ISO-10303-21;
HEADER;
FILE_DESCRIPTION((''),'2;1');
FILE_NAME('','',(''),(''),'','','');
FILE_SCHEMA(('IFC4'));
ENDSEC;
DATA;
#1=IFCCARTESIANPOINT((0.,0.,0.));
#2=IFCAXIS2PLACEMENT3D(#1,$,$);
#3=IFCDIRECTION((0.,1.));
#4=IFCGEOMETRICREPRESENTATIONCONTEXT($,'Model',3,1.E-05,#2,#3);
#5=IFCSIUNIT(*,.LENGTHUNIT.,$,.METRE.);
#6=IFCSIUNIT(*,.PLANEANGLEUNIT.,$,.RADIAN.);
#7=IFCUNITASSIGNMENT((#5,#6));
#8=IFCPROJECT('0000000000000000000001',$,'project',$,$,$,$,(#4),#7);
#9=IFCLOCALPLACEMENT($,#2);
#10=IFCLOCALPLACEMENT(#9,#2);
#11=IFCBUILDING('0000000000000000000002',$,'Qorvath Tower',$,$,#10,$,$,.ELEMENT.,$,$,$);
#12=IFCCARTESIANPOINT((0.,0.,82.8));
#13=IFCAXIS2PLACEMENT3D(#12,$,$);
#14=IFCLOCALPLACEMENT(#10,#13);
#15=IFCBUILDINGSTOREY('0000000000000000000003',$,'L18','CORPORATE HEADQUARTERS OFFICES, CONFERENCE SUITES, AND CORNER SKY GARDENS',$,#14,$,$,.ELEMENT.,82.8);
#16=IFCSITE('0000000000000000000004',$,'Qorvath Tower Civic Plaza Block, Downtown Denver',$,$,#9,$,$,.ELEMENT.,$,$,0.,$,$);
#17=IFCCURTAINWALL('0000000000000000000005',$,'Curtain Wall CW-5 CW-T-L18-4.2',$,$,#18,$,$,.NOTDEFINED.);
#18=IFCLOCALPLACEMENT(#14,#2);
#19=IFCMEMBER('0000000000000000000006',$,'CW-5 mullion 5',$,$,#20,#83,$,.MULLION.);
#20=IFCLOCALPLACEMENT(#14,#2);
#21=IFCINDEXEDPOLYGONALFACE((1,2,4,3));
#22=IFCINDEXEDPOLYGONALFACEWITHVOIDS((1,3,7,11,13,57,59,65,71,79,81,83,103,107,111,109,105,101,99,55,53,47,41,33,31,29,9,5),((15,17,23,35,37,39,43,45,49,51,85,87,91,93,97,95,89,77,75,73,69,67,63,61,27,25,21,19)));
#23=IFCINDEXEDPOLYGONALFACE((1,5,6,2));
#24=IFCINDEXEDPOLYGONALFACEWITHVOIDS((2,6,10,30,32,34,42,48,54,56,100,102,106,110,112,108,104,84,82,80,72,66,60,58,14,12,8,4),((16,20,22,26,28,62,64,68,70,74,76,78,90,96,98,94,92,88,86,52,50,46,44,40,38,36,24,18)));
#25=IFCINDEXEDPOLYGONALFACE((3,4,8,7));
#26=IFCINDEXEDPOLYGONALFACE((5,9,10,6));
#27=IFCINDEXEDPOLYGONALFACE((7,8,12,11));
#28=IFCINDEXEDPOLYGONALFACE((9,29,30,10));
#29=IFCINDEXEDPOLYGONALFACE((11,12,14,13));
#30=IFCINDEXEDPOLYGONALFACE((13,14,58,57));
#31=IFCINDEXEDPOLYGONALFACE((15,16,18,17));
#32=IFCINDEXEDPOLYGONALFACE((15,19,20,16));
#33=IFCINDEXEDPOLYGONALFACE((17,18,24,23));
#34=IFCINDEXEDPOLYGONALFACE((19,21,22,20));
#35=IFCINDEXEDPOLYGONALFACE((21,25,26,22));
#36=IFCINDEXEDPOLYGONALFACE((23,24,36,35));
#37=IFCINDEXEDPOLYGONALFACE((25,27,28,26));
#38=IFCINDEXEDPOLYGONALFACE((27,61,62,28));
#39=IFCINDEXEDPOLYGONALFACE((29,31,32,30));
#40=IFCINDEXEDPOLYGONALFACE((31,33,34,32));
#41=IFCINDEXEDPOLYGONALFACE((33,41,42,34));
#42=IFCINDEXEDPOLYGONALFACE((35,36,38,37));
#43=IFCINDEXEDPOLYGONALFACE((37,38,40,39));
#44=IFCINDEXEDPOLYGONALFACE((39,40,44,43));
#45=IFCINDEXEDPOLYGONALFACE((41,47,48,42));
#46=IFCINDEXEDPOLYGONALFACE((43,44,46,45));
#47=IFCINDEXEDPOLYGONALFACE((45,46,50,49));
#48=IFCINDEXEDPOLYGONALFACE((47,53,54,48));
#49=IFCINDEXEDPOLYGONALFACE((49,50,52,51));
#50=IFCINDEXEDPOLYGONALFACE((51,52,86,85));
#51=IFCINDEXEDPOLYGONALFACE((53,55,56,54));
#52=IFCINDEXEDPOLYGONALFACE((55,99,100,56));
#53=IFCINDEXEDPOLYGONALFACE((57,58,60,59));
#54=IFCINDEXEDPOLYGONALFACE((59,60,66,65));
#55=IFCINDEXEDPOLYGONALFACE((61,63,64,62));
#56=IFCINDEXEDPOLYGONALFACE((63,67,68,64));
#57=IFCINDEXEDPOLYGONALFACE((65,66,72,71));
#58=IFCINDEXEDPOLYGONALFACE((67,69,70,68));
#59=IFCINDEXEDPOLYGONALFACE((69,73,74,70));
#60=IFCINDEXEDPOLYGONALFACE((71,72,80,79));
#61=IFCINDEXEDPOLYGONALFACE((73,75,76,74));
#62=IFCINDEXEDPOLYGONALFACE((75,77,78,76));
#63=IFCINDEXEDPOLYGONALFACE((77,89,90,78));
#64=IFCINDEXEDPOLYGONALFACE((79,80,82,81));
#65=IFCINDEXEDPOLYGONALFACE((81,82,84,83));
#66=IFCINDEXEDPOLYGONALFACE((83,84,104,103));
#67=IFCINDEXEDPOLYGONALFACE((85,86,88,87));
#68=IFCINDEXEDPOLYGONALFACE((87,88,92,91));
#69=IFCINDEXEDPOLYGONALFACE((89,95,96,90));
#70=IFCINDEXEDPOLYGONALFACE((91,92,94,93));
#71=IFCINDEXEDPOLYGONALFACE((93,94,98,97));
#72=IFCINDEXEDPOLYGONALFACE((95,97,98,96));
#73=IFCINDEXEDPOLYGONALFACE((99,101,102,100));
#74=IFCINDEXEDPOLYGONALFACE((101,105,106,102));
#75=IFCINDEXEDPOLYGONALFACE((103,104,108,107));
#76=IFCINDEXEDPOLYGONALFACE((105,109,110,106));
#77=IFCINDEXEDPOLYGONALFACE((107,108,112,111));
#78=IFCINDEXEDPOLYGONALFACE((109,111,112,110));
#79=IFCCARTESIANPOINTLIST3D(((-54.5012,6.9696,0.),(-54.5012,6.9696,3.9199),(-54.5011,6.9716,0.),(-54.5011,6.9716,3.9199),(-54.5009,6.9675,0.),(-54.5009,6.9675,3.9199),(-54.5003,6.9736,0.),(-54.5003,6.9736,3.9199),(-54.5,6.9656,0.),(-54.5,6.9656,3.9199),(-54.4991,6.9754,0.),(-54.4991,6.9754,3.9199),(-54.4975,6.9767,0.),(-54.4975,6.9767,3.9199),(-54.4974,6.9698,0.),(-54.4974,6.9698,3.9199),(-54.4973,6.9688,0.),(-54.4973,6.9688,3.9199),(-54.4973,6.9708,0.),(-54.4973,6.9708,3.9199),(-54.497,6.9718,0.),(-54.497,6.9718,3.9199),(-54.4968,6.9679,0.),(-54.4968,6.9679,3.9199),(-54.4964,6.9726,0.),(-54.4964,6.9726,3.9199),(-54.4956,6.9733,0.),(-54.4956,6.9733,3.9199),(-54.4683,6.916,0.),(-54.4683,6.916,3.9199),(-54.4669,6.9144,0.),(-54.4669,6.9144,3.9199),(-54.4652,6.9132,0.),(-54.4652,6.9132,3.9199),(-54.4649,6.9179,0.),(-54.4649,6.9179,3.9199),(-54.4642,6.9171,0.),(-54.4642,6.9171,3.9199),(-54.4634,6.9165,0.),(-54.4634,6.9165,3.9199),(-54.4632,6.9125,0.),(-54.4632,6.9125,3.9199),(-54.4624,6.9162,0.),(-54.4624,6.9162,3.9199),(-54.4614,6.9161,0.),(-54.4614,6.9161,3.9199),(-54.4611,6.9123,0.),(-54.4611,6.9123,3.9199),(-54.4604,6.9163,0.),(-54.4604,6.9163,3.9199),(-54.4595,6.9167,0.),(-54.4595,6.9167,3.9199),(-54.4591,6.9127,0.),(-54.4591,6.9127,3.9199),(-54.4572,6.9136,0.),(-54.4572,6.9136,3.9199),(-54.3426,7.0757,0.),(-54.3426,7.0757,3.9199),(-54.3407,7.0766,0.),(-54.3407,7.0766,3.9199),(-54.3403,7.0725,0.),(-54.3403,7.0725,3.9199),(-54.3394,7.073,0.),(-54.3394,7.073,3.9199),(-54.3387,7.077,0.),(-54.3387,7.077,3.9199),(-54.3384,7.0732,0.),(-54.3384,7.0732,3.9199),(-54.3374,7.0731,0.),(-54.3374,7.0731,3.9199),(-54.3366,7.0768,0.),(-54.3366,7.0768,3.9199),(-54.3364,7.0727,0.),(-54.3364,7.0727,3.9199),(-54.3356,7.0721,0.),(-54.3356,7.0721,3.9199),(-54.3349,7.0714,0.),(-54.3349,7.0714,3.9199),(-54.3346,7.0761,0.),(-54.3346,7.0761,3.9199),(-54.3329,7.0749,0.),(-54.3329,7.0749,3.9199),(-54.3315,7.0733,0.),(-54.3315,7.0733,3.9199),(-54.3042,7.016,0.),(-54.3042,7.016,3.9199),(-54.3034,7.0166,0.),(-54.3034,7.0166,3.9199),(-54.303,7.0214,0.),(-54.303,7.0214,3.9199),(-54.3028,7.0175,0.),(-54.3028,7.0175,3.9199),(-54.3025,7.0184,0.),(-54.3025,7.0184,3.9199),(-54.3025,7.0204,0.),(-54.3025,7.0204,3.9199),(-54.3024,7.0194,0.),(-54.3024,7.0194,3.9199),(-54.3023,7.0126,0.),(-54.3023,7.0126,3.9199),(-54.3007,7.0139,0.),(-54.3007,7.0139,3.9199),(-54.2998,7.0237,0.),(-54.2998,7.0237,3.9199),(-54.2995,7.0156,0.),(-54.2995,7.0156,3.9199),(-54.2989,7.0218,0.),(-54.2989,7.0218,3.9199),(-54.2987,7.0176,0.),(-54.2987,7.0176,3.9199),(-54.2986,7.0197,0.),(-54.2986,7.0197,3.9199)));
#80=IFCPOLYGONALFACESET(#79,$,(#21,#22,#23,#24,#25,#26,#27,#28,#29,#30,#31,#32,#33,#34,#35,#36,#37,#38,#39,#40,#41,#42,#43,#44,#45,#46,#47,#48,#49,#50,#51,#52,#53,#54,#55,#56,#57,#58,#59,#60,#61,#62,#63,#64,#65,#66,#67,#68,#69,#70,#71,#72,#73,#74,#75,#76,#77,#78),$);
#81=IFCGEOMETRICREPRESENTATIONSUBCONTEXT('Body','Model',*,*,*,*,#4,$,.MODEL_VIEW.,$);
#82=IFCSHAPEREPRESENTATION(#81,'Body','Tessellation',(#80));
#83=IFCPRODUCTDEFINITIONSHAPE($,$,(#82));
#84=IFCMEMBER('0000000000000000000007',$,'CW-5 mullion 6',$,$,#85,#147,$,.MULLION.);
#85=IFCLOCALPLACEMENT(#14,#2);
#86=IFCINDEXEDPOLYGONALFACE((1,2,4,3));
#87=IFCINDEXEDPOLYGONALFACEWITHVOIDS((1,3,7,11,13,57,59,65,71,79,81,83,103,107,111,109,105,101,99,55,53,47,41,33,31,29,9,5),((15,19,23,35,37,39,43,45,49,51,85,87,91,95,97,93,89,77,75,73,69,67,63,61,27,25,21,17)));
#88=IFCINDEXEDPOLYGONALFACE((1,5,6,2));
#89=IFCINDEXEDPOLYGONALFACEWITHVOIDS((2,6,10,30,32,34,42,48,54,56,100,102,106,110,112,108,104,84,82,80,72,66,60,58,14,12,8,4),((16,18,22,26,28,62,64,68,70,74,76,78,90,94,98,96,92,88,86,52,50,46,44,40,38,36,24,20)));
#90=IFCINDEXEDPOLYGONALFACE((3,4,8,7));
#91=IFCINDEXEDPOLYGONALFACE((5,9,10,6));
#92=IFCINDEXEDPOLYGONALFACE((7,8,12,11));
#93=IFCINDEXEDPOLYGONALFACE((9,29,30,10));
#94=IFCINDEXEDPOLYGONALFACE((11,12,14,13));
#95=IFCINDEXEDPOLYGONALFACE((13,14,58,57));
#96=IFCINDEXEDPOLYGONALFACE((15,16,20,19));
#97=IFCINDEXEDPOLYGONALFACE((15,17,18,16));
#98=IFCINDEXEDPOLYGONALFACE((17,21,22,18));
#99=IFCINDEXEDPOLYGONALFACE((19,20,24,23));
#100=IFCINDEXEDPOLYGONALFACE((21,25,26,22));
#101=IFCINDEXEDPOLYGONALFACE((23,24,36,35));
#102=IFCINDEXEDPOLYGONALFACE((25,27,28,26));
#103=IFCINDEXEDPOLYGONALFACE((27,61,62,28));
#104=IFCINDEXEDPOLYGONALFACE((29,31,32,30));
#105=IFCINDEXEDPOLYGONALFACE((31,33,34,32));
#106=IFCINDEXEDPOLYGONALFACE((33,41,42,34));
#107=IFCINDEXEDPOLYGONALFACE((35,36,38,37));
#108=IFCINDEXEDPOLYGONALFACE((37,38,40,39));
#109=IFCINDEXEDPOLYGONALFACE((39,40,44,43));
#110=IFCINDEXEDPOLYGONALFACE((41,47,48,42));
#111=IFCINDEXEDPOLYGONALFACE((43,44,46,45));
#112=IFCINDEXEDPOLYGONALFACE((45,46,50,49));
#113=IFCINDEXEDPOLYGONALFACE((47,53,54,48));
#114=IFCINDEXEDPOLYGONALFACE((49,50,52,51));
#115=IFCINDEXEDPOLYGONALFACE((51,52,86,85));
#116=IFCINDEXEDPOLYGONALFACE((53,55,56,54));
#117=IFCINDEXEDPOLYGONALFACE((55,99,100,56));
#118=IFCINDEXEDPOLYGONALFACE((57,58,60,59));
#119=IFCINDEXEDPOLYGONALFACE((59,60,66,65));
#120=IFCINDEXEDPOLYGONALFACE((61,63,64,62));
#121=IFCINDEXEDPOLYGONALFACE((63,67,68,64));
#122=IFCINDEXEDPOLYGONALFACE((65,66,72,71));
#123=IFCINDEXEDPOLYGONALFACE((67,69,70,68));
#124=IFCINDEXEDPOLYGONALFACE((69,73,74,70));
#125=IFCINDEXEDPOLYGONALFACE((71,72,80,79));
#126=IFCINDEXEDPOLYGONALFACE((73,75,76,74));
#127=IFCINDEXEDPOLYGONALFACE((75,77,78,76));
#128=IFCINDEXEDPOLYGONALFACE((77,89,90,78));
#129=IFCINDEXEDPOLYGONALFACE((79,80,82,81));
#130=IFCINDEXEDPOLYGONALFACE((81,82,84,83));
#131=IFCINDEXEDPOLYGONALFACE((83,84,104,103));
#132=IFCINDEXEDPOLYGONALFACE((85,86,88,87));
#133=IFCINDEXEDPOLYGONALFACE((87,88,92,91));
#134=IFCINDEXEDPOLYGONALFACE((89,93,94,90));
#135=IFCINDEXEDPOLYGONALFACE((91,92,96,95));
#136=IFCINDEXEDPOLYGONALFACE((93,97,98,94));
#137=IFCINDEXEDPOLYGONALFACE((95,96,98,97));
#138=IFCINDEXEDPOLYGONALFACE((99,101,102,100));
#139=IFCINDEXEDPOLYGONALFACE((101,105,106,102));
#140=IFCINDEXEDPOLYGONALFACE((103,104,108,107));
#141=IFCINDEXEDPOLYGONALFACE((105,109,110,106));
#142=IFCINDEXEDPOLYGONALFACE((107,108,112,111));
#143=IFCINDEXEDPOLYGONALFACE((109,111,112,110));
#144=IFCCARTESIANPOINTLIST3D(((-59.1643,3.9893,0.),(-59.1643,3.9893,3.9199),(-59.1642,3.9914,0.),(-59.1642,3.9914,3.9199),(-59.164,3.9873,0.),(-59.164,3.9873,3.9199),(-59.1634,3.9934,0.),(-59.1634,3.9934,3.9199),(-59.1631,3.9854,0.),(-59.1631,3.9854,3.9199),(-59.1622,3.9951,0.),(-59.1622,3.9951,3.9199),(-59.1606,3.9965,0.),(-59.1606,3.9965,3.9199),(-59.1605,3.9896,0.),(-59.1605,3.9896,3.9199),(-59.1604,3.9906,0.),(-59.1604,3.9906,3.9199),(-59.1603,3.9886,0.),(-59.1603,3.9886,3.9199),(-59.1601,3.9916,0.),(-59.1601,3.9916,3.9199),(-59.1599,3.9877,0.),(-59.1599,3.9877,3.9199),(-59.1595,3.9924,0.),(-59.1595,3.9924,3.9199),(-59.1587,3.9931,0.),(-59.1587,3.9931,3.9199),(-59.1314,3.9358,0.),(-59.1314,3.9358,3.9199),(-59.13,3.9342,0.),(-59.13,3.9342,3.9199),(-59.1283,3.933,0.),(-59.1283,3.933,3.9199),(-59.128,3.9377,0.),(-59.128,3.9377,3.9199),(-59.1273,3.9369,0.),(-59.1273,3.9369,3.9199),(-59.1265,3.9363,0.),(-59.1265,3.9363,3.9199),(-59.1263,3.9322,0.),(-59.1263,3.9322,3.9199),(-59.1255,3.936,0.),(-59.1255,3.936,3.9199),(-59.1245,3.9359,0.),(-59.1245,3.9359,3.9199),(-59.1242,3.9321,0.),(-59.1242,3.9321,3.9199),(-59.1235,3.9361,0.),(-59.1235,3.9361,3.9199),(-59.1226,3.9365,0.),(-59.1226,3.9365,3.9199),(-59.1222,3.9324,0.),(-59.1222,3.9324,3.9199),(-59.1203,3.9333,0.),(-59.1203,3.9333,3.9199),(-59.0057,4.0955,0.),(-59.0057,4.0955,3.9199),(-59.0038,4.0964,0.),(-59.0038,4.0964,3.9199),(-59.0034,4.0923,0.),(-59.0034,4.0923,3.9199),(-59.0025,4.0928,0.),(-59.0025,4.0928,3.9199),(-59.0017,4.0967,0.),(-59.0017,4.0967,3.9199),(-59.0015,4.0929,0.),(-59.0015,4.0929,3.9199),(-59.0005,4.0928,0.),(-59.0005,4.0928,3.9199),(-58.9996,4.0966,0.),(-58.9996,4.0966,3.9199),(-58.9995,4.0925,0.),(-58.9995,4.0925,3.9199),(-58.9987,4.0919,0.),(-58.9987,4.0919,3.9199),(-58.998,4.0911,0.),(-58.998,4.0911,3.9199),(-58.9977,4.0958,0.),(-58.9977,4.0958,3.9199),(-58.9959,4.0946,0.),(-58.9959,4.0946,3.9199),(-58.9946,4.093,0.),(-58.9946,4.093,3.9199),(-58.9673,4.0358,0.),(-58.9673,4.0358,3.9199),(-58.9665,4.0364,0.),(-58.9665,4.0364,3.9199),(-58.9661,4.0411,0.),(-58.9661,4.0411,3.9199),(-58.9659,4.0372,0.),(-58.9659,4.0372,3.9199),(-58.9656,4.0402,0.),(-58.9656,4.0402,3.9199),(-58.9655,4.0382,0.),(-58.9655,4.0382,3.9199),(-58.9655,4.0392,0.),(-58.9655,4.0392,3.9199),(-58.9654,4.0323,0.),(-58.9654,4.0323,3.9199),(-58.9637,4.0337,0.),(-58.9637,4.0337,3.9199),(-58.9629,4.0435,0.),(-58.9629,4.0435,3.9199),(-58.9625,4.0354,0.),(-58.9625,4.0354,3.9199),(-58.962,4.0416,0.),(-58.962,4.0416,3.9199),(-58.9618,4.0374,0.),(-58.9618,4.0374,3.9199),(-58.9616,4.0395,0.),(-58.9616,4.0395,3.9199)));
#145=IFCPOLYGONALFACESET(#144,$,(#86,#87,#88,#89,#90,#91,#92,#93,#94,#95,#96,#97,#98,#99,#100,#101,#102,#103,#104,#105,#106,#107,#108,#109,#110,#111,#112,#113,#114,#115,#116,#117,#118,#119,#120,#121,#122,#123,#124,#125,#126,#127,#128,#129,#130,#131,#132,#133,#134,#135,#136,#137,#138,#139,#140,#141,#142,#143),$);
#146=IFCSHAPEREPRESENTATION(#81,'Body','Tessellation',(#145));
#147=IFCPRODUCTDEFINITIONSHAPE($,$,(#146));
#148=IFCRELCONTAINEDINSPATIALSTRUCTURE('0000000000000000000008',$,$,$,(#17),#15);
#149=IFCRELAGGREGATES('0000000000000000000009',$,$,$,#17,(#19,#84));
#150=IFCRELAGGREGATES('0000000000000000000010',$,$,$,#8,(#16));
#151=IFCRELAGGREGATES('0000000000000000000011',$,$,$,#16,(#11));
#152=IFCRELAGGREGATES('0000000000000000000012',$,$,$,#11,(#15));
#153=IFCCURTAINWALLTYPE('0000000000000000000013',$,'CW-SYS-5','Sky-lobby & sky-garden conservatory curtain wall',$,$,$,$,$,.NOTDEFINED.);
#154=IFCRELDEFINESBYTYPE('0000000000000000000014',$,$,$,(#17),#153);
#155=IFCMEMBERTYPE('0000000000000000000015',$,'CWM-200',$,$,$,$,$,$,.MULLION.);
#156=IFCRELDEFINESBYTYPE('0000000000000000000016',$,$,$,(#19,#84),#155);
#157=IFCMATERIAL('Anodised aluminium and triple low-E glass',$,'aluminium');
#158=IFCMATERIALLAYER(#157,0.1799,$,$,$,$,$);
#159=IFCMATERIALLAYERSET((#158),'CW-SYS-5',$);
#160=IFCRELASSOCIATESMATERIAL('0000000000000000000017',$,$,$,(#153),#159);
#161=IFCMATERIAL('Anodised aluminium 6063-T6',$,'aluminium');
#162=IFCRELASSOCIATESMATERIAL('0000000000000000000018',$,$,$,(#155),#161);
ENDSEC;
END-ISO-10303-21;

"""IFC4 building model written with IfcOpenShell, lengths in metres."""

from ifc_helpers import new_model, si_unit, direction, frame, origin, origin_2d, place, context, subcontext, project, spatial, hollow_rectangle, extrude, material, layer, layer_set, material_profile, profile_set, type_object, element, aggregate, save


model = new_model("IFC4")

# Units and contexts
model_context = context("Model", 3, precision=1e-05, world=origin(), true_north=direction((0.0, 1.0)))
body_context = subcontext(model_context, "Body", "Model", "MODEL_VIEW")
ifc_project = project(units=[si_unit("LENGTHUNIT", "METRE"), si_unit("PLANEANGLEUNIT", "RADIAN")], contexts=[model_context])

# Site, building, storey
site_placement = place(None, origin())
site = spatial("IfcSite", under=ifc_project, at=site_placement, Name="Qorvath Tower Civic Plaza Block, Downtown Denver", CompositionType="ELEMENT", RefElevation=0.0)
building_placement = place(site_placement, origin())
building = spatial("IfcBuilding", under=site, at=building_placement, Name="Qorvath Tower", CompositionType="ELEMENT")
storey_placement = place(building_placement, frame((0.0, 0.0, 82.8)))
storey = spatial("IfcBuildingStorey", under=building, at=storey_placement, Name="L18", Description="CORPORATE HEADQUARTERS OFFICES, CONFERENCE SUITES, AND CORNER SKY GARDENS", CompositionType="ELEMENT", Elevation=82.8)

# Curtain wall, members
ifc_material_1 = material(Name="Anodised aluminium and triple low-E glass", Category="aluminium")
ifc_layer_1 = layer(ifc_material_1, 0.1799)
ifc_layer_set_1 = layer_set([ifc_layer_1], Name="CW-SYS-5")
curtain_wall_type = type_object("IfcCurtainWallType", Name="CW-SYS-5", Description="Sky-lobby & sky-garden conservatory curtain wall", PredefinedType="NOTDEFINED", material=ifc_layer_set_1)
curtain_wall_1_placement = place(storey_placement, origin())
curtain_wall_1 = element("IfcCurtainWall", 1, at=curtain_wall_1_placement, inside=storey, type_object=curtain_wall_type, Name="Curtain Wall CW-5 CW-T-L18-4.2", PredefinedType="NOTDEFINED")
ifc_material_2 = material(Name="Anodised aluminium 6063-T6", Category="aluminium")
ifc_material_profile_1 = material_profile(ifc_material_2, hollow_rectangle(XDim=0.075, YDim=0.2, WallThickness=0.0039, InnerFilletRadius=0.0039, OuterFilletRadius=0.0081, at=origin_2d()), Name="CWM 200x75")
ifc_profile_set_1 = profile_set([ifc_material_profile_1], Name="Anodised aluminium 6063-T6")
member_type_1 = type_object("IfcMemberType", Name="CWM-200", PredefinedType="MULLION", material=ifc_profile_set_1)
member_1_placement = place(storey_placement, frame((-54.3999, 6.9946, 0.0), z_axis=(0.0, 0.0, 1.0), x_axis=(0.538533, -0.842605, 0.0)))
member_1 = element("IfcMember", 2, at=member_1_placement, type_object=member_type_1, Name="CW-5 mullion 5", PredefinedType="MULLION", context=body_context, shape_type="SweptSolid", body=[
    extrude(hollow_rectangle(XDim=0.075, YDim=0.2, WallThickness=0.0039, InnerFilletRadius=0.0039, OuterFilletRadius=0.0081, at=origin_2d()), origin(), (0.0, 0.0, 1.0), 3.9199),
])
member_2_placement = place(storey_placement, frame((-59.063, 4.0144, 0.0), z_axis=(0.0, 0.0, 1.0), x_axis=(0.538533, -0.842605, 0.0)))
member_2 = element("IfcMember", 3, at=member_2_placement, type_object=member_type_1, Name="CW-5 mullion 6", PredefinedType="MULLION", context=body_context, shape_type="SweptSolid", body=[
    extrude(hollow_rectangle(XDim=0.075, YDim=0.2, WallThickness=0.0039, InnerFilletRadius=0.0039, OuterFilletRadius=0.0081, at=origin_2d()), origin(), (0.0, 0.0, 1.0), 3.9199),
])

aggregate(curtain_wall_1, [member_1, member_2])

save(model, "model.ifc")
